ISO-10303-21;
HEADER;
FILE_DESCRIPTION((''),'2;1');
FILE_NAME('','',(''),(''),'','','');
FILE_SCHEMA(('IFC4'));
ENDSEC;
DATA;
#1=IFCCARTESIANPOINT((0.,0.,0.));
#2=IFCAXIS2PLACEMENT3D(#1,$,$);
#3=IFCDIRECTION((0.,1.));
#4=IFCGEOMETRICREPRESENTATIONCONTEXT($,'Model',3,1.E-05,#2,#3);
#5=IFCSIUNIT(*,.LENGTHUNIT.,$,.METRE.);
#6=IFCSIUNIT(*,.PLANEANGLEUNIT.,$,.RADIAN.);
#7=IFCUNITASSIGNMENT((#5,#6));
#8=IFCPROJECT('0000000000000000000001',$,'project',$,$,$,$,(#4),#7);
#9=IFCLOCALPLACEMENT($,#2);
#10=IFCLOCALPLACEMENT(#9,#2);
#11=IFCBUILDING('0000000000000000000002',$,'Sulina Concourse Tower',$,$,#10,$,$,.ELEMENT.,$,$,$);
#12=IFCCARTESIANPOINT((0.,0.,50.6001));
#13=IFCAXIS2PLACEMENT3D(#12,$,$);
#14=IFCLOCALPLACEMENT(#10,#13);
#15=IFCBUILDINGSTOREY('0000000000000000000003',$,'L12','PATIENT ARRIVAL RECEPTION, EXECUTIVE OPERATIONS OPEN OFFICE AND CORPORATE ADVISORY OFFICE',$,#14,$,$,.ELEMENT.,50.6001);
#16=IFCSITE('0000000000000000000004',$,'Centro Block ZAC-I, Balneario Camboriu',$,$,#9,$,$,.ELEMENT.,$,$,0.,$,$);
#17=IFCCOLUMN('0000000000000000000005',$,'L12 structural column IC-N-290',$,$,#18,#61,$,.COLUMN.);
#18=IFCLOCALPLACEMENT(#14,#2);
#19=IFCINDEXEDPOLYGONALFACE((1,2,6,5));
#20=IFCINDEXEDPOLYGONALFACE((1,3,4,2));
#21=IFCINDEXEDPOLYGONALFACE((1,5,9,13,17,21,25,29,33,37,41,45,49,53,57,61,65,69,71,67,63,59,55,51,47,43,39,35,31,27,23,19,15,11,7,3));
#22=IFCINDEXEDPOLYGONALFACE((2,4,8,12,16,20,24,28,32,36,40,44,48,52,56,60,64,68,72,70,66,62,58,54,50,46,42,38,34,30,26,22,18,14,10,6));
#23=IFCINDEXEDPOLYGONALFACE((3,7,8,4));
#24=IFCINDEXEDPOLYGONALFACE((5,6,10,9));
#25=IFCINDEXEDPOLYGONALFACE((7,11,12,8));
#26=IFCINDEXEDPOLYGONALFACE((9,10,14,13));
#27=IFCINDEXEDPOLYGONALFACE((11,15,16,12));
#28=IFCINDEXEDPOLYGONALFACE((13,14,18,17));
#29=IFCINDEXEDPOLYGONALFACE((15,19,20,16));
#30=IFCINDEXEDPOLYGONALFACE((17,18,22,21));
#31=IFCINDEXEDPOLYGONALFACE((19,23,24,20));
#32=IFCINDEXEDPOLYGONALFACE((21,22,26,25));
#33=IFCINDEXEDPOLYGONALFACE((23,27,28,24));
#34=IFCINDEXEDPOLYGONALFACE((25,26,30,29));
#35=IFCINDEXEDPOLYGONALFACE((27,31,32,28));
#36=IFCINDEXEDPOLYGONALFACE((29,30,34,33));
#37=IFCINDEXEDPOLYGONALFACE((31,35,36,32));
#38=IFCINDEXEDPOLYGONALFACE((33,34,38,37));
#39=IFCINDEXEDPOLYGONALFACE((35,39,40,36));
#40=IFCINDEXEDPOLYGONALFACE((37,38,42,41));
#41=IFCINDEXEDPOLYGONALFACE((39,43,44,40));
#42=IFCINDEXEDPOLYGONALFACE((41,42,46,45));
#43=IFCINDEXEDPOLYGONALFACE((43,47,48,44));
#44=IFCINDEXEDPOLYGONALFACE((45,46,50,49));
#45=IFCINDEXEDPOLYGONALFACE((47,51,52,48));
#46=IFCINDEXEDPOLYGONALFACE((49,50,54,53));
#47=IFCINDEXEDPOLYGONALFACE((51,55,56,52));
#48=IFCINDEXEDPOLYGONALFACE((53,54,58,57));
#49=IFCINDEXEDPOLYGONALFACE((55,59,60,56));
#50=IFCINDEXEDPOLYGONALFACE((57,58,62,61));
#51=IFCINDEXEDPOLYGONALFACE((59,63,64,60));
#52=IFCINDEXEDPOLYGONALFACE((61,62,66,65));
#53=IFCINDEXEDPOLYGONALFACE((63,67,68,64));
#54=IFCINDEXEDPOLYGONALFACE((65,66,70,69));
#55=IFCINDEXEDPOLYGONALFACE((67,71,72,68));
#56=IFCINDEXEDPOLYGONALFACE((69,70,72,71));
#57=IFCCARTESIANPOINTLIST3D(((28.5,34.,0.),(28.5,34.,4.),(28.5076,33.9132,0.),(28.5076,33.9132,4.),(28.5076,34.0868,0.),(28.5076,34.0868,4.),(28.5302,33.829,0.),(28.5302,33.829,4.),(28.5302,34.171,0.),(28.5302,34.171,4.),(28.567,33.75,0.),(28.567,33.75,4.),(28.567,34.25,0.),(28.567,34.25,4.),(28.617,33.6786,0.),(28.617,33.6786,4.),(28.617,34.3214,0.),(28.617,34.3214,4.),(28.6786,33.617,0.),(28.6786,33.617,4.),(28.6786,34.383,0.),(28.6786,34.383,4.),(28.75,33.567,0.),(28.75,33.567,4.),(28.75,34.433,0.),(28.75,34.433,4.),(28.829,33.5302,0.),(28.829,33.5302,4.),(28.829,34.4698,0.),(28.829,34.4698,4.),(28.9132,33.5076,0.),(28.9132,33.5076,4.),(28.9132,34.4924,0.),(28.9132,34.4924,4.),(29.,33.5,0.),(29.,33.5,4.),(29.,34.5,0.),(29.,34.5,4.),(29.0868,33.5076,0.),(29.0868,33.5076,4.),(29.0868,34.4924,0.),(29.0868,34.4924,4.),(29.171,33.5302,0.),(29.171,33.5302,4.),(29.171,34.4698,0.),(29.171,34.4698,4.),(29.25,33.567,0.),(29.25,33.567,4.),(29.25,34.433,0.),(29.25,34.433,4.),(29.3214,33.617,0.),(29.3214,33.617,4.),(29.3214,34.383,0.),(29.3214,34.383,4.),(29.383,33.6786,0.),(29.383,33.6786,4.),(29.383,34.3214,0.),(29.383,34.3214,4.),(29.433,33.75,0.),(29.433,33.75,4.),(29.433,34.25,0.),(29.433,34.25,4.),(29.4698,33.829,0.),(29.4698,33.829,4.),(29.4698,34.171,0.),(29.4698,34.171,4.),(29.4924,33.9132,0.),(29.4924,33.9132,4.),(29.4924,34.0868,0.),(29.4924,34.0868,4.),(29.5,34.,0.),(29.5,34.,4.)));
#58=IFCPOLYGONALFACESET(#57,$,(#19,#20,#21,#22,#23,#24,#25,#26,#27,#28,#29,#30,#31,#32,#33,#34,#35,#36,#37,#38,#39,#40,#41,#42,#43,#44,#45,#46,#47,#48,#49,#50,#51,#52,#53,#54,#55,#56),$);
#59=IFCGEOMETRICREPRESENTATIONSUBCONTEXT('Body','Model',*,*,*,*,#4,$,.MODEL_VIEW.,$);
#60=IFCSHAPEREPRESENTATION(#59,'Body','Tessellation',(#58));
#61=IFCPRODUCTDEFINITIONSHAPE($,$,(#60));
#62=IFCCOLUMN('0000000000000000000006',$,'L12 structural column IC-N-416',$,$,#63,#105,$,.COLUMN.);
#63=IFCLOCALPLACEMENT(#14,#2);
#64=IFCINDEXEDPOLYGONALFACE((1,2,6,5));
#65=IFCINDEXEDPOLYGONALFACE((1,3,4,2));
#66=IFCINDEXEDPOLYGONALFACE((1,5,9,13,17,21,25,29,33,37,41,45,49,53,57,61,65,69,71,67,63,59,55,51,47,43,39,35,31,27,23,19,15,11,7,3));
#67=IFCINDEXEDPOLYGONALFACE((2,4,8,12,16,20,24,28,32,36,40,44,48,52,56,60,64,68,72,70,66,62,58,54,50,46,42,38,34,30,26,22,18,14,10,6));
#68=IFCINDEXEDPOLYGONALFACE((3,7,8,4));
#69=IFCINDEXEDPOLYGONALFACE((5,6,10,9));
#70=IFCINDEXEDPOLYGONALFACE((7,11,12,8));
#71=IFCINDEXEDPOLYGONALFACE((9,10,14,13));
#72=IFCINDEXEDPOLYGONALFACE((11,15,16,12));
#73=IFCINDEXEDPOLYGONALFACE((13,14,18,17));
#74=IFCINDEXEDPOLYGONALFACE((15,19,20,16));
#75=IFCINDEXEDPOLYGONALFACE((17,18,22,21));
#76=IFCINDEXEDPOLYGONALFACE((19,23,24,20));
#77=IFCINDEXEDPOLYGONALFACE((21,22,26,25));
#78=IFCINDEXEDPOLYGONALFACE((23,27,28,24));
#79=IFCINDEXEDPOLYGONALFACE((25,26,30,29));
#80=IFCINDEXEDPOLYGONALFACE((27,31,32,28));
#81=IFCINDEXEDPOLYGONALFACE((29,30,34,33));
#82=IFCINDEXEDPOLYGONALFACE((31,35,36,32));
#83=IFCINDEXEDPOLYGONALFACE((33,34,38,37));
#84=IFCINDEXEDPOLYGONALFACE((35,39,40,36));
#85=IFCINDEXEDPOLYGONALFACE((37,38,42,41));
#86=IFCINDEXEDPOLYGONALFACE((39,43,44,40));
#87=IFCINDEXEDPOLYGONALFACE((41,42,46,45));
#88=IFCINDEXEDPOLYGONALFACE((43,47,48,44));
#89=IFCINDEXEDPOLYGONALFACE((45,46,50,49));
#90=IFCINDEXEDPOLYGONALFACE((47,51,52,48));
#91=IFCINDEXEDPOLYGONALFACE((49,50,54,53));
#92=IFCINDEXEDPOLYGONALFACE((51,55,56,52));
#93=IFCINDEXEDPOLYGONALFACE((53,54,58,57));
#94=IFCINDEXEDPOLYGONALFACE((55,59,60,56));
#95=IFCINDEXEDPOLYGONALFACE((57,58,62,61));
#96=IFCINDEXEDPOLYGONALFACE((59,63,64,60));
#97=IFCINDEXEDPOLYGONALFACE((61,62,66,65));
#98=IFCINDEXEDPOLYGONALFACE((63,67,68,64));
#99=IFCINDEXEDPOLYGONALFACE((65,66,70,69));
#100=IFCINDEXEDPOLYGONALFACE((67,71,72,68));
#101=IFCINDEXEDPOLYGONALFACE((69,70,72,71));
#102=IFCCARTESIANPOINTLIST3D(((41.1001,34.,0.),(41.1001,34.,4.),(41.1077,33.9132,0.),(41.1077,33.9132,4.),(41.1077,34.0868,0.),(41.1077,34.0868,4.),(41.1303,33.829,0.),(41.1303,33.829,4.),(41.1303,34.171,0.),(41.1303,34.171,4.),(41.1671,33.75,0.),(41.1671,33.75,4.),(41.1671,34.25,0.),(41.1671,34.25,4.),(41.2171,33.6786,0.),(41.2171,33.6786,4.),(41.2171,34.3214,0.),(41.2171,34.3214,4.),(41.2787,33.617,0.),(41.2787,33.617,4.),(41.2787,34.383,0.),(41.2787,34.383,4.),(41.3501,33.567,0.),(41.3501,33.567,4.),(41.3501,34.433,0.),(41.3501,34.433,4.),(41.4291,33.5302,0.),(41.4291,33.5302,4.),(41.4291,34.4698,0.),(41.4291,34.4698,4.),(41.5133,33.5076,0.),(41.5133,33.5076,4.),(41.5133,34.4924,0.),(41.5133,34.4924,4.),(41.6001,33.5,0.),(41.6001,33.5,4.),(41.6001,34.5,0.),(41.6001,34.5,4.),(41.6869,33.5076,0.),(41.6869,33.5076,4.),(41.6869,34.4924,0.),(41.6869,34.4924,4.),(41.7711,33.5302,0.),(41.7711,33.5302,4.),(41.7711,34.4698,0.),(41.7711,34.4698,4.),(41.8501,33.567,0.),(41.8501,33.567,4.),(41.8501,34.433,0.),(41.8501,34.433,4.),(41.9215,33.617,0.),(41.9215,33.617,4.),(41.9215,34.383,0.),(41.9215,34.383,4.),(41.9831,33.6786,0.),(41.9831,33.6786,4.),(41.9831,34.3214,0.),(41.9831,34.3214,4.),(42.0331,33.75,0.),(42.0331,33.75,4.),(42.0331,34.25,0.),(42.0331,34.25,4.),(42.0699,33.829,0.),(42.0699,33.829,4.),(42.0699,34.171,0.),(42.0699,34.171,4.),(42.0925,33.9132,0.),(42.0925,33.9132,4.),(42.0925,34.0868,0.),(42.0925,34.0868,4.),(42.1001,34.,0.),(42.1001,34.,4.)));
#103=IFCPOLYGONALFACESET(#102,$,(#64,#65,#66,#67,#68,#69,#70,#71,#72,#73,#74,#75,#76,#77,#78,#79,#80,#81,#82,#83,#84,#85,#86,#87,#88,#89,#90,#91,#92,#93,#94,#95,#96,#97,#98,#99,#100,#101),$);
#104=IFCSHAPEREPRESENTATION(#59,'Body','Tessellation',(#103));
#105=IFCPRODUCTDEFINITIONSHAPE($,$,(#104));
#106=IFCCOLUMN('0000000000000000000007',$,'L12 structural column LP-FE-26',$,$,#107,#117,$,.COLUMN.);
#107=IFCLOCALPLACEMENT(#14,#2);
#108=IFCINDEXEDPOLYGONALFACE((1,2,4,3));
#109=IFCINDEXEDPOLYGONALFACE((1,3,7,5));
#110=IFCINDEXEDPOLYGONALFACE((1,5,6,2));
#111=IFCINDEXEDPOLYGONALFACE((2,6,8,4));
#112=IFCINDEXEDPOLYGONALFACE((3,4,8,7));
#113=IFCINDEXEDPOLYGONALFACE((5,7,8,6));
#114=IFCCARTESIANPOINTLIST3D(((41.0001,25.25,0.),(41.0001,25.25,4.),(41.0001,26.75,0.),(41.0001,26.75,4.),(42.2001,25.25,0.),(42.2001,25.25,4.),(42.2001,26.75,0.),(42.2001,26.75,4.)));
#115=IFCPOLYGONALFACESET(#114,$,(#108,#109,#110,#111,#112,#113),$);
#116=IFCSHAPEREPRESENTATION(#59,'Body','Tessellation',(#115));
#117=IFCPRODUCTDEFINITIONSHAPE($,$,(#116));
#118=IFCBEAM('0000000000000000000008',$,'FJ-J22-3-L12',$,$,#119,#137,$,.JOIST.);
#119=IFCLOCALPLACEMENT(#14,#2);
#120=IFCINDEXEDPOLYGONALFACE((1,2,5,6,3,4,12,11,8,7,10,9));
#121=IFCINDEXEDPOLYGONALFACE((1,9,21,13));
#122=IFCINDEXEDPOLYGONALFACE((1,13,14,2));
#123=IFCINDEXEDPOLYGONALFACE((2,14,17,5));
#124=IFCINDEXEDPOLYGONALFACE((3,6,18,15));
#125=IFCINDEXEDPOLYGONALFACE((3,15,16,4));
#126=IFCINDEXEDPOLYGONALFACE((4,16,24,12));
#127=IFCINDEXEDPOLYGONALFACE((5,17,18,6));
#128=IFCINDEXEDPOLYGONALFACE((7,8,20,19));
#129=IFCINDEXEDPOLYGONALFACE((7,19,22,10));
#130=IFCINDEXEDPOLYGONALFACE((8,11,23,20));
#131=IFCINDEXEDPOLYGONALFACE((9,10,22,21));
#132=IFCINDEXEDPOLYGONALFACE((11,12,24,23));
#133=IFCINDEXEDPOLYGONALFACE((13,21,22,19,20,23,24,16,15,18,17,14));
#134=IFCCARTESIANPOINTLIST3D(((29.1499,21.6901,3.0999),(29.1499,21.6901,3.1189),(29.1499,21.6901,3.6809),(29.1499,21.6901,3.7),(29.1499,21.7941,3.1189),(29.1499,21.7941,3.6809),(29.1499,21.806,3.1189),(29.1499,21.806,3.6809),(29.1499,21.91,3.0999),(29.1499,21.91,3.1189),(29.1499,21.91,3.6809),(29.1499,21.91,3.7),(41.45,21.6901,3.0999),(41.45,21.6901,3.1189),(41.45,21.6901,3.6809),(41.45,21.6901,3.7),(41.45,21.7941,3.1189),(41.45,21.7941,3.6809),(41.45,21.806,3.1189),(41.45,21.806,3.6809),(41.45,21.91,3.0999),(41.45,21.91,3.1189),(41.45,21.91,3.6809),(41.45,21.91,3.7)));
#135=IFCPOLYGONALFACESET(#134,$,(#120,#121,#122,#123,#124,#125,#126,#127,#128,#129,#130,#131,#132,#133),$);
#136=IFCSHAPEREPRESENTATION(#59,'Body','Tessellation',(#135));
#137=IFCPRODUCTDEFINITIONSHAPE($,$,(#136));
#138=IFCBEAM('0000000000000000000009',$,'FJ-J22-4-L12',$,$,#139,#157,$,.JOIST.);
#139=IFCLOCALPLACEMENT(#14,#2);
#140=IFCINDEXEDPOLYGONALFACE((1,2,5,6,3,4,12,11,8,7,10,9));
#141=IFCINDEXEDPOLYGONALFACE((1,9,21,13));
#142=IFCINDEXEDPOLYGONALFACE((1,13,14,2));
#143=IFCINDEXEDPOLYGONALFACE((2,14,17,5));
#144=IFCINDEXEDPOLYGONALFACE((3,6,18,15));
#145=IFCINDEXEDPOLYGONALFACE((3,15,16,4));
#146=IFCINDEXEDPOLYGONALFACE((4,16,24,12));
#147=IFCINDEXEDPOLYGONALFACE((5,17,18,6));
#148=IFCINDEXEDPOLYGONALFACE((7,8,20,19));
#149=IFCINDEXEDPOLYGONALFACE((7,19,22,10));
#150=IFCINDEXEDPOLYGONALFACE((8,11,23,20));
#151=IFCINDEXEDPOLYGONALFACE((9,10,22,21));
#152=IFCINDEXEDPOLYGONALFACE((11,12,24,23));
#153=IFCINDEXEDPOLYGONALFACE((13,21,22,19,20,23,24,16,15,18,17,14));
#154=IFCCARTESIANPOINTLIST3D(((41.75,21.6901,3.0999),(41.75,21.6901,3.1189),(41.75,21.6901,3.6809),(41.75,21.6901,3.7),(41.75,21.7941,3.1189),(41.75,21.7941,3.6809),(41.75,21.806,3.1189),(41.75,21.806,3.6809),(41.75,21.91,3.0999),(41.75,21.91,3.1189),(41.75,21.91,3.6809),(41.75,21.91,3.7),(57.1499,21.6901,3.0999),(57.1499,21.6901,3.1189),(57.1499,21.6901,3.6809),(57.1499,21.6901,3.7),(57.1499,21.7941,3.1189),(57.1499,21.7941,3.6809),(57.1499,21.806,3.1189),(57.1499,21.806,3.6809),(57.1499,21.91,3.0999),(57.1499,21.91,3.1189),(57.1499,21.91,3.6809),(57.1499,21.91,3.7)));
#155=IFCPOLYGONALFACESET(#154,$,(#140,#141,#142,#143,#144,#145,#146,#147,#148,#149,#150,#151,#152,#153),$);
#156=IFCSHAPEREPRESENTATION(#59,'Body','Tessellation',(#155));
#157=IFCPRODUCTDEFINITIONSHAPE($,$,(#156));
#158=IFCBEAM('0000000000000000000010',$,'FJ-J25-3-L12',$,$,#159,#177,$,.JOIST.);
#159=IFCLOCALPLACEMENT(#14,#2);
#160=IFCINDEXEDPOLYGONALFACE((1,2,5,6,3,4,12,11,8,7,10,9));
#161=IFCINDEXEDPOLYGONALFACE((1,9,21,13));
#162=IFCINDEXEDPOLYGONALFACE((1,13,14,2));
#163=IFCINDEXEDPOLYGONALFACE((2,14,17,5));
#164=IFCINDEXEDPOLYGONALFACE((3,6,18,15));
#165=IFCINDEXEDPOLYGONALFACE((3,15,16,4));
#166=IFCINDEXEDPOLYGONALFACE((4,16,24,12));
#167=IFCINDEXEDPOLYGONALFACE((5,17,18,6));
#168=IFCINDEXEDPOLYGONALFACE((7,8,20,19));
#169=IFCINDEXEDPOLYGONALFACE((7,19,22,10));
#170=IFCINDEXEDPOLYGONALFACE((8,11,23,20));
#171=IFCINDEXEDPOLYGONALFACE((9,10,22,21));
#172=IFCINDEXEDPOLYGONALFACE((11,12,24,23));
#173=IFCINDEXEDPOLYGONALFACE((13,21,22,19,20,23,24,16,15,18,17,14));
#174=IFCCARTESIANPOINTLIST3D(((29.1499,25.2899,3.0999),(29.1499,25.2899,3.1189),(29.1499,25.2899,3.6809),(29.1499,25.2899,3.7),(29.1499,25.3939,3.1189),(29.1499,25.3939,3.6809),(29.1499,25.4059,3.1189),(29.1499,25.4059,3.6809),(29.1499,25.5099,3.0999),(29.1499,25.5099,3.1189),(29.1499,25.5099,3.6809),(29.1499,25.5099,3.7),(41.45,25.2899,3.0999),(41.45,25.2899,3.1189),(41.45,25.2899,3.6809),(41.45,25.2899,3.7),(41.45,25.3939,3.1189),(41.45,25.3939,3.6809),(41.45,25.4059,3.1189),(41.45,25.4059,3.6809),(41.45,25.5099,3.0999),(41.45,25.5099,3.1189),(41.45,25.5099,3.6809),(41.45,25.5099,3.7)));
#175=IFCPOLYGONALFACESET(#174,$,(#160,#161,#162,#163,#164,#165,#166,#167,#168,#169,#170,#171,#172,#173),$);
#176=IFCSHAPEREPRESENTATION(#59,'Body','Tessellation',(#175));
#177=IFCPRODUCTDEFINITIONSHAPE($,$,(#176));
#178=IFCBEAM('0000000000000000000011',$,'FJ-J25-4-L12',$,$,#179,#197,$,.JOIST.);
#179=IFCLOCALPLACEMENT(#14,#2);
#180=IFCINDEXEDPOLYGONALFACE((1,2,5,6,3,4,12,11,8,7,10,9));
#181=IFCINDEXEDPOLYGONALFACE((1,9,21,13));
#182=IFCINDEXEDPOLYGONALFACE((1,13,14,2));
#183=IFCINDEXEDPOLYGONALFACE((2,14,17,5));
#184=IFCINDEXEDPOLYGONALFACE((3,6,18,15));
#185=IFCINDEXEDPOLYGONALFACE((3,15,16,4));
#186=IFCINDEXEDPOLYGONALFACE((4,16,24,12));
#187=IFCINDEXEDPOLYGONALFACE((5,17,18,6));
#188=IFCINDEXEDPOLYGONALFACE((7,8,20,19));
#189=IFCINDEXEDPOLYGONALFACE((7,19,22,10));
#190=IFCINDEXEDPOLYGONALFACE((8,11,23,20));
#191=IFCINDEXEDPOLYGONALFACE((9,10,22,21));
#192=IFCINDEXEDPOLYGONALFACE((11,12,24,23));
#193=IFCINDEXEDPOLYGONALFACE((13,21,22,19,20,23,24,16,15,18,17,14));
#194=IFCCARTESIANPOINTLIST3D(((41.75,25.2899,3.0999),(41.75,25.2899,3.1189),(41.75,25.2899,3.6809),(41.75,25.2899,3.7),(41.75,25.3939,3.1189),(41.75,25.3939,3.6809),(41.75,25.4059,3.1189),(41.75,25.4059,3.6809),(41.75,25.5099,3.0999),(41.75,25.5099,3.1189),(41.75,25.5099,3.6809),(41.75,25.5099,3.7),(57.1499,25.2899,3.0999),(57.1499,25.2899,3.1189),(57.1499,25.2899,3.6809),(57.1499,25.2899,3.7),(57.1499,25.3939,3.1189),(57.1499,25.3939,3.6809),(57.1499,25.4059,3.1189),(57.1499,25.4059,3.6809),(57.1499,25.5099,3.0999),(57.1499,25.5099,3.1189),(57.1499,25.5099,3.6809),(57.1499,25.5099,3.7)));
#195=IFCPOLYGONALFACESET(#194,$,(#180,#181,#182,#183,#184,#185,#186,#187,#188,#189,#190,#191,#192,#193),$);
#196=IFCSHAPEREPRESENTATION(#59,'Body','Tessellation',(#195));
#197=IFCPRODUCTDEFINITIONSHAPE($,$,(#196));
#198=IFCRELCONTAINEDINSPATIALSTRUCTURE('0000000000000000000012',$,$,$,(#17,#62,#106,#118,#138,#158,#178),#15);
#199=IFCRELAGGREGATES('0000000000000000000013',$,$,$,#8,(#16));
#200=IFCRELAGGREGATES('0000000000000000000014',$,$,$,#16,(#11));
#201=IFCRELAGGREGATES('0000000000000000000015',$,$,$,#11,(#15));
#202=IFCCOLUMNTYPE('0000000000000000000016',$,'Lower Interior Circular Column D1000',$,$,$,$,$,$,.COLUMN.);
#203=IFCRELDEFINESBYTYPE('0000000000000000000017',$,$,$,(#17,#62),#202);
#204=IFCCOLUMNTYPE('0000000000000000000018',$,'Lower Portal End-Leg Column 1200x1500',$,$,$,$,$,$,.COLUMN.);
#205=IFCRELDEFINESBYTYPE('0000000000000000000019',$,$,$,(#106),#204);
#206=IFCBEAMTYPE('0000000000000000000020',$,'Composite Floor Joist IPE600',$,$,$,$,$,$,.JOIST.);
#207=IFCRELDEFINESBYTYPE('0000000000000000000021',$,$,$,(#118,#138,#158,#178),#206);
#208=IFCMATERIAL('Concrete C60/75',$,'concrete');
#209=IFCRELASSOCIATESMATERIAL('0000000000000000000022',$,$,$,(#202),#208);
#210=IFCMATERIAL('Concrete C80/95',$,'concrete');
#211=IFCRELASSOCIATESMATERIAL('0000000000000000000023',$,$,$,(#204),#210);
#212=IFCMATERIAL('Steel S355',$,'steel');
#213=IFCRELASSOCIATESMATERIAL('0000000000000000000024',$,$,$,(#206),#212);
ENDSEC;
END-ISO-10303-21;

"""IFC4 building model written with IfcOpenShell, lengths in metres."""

from ifc_helpers import new_model, si_unit, direction, frame, origin, origin_2d, place, context, subcontext, project, spatial, rectangle, circle, i_section, extrude, material, material_profile, profile_set, type_object, element, save


model = new_model("IFC4")

# Units and contexts
model_context = context("Model", 3, precision=1e-05, world=origin(), true_north=direction((0.0, 1.0)))
body_context = subcontext(model_context, "Body", "Model", "MODEL_VIEW")
ifc_project = project(units=[si_unit("LENGTHUNIT", "METRE"), si_unit("PLANEANGLEUNIT", "RADIAN")], contexts=[model_context])

# Site, building, storey
site_placement = place(None, origin())
site = spatial("IfcSite", under=ifc_project, at=site_placement, Name="Centro Block ZAC-I, Balneario Camboriu", CompositionType="ELEMENT", RefElevation=0.0)
building_placement = place(site_placement, origin())
building = spatial("IfcBuilding", under=site, at=building_placement, Name="Sulina Concourse Tower", CompositionType="ELEMENT")
storey_placement = place(building_placement, frame((0.0, 0.0, 50.6001)))
storey = spatial("IfcBuildingStorey", under=building, at=storey_placement, Name="L12", Description="PATIENT ARRIVAL RECEPTION, EXECUTIVE OPERATIONS OPEN OFFICE AND CORPORATE ADVISORY OFFICE", CompositionType="ELEMENT", Elevation=50.6001)

# Columns
ifc_material_1 = material(Name="Concrete C60/75", Category="concrete")
ifc_material_profile_1 = material_profile(ifc_material_1, circle(Radius=0.5, at=origin_2d()), Name="RC D1000")
ifc_profile_set_1 = profile_set([ifc_material_profile_1], Name="Concrete C60/75")
column_type_1 = type_object("IfcColumnType", Name="Lower Interior Circular Column D1000", PredefinedType="COLUMN", material=ifc_profile_set_1)
for number, where, z_axis, x_axis, name in (
    (1, (29.0, 34.0, 0.0), (0.0, 0.0, 1.0), (1.0, 0.0, 0.0), "L12 structural column IC-N-290"),
    (2, (41.6001, 34.0, 0.0), (0.0, 0.0, 1.0), (1.0, 0.0, 0.0), "L12 structural column IC-N-416"),
):
    element("IfcColumn", number, at=place(storey_placement, frame(where, z_axis=z_axis, x_axis=x_axis)), inside=storey, type_object=column_type_1, Name=name, PredefinedType="COLUMN", context=body_context, shape_type="SweptSolid", body=[
        extrude(circle(Radius=0.5, at=origin_2d()), origin(), (0.0, 0.0, 1.0), 4.0),
    ])
ifc_material_2 = material(Name="Concrete C80/95", Category="concrete")
ifc_material_profile_2 = material_profile(ifc_material_2, rectangle(XDim=1.2, YDim=1.5, at=origin_2d()), Name="RC 1200x1500")
ifc_profile_set_2 = profile_set([ifc_material_profile_2], Name="Concrete C80/95")
column_type_2 = type_object("IfcColumnType", Name="Lower Portal End-Leg Column 1200x1500", PredefinedType="COLUMN", material=ifc_profile_set_2)
column_placement = place(storey_placement, frame((41.6001, 26.0, 0.0), z_axis=(0.0, 0.0, 1.0), x_axis=(1.0, 0.0, 0.0)))
element("IfcColumn", 3, at=column_placement, inside=storey, type_object=column_type_2, Name="L12 structural column LP-FE-26", PredefinedType="COLUMN", context=body_context, shape_type="SweptSolid", body=[
    extrude(rectangle(XDim=1.2, YDim=1.5, at=origin_2d()), origin(), (0.0, 0.0, 1.0), 4.0),
])

# Beams
ifc_material_3 = material(Name="Steel S355", Category="steel")
ifc_material_profile_3 = material_profile(ifc_material_3, i_section(OverallWidth=0.22, OverallDepth=0.6001, WebThickness=0.012, FlangeThickness=0.019, at=origin_2d()), Name="IPE 600")
ifc_profile_set_3 = profile_set([ifc_material_profile_3], Name="Steel S355")
beam_type_1 = type_object("IfcBeamType", Name="Composite Floor Joist IPE600", PredefinedType="JOIST", material=ifc_profile_set_3)
beam_1_placement = place(storey_placement, frame((29.1499, 21.8, 3.3999), z_axis=(1.0, 0.0, 0.0), x_axis=(0.0, 1.0, 0.0)))
element("IfcBeam", 4, at=beam_1_placement, inside=storey, type_object=beam_type_1, Name="FJ-J22-3-L12", PredefinedType="JOIST", context=body_context, shape_type="SweptSolid", body=[
    extrude(i_section(OverallWidth=0.22, OverallDepth=0.6001, WebThickness=0.012, FlangeThickness=0.019, at=origin_2d()), origin(), (0.0, 0.0, 1.0), 12.3),
])
beam_2_placement = place(storey_placement, frame((41.75, 21.8, 3.3999), z_axis=(1.0, 0.0, 0.0), x_axis=(0.0, 1.0, 0.0)))
element("IfcBeam", 5, at=beam_2_placement, inside=storey, type_object=beam_type_1, Name="FJ-J22-4-L12", PredefinedType="JOIST", context=body_context, shape_type="SweptSolid", body=[
    extrude(i_section(OverallWidth=0.22, OverallDepth=0.6001, WebThickness=0.012, FlangeThickness=0.019, at=origin_2d()), origin(), (0.0, 0.0, 1.0), 15.3999),
])
beam_3_placement = place(storey_placement, frame((29.1499, 25.3999, 3.3999), z_axis=(1.0, 0.0, 0.0), x_axis=(0.0, 1.0, 0.0)))
element("IfcBeam", 6, at=beam_3_placement, inside=storey, type_object=beam_type_1, Name="FJ-J25-3-L12", PredefinedType="JOIST", context=body_context, shape_type="SweptSolid", body=[
    extrude(i_section(OverallWidth=0.22, OverallDepth=0.6001, WebThickness=0.012, FlangeThickness=0.019, at=origin_2d()), origin(), (0.0, 0.0, 1.0), 12.3),
])
beam_4_placement = place(storey_placement, frame((41.75, 25.3999, 3.3999), z_axis=(1.0, 0.0, 0.0), x_axis=(0.0, 1.0, 0.0)))
element("IfcBeam", 7, at=beam_4_placement, inside=storey, type_object=beam_type_1, Name="FJ-J25-4-L12", PredefinedType="JOIST", context=body_context, shape_type="SweptSolid", body=[
    extrude(i_section(OverallWidth=0.22, OverallDepth=0.6001, WebThickness=0.012, FlangeThickness=0.019, at=origin_2d()), origin(), (0.0, 0.0, 1.0), 15.3999),
])

save(model, "model.ifc")
